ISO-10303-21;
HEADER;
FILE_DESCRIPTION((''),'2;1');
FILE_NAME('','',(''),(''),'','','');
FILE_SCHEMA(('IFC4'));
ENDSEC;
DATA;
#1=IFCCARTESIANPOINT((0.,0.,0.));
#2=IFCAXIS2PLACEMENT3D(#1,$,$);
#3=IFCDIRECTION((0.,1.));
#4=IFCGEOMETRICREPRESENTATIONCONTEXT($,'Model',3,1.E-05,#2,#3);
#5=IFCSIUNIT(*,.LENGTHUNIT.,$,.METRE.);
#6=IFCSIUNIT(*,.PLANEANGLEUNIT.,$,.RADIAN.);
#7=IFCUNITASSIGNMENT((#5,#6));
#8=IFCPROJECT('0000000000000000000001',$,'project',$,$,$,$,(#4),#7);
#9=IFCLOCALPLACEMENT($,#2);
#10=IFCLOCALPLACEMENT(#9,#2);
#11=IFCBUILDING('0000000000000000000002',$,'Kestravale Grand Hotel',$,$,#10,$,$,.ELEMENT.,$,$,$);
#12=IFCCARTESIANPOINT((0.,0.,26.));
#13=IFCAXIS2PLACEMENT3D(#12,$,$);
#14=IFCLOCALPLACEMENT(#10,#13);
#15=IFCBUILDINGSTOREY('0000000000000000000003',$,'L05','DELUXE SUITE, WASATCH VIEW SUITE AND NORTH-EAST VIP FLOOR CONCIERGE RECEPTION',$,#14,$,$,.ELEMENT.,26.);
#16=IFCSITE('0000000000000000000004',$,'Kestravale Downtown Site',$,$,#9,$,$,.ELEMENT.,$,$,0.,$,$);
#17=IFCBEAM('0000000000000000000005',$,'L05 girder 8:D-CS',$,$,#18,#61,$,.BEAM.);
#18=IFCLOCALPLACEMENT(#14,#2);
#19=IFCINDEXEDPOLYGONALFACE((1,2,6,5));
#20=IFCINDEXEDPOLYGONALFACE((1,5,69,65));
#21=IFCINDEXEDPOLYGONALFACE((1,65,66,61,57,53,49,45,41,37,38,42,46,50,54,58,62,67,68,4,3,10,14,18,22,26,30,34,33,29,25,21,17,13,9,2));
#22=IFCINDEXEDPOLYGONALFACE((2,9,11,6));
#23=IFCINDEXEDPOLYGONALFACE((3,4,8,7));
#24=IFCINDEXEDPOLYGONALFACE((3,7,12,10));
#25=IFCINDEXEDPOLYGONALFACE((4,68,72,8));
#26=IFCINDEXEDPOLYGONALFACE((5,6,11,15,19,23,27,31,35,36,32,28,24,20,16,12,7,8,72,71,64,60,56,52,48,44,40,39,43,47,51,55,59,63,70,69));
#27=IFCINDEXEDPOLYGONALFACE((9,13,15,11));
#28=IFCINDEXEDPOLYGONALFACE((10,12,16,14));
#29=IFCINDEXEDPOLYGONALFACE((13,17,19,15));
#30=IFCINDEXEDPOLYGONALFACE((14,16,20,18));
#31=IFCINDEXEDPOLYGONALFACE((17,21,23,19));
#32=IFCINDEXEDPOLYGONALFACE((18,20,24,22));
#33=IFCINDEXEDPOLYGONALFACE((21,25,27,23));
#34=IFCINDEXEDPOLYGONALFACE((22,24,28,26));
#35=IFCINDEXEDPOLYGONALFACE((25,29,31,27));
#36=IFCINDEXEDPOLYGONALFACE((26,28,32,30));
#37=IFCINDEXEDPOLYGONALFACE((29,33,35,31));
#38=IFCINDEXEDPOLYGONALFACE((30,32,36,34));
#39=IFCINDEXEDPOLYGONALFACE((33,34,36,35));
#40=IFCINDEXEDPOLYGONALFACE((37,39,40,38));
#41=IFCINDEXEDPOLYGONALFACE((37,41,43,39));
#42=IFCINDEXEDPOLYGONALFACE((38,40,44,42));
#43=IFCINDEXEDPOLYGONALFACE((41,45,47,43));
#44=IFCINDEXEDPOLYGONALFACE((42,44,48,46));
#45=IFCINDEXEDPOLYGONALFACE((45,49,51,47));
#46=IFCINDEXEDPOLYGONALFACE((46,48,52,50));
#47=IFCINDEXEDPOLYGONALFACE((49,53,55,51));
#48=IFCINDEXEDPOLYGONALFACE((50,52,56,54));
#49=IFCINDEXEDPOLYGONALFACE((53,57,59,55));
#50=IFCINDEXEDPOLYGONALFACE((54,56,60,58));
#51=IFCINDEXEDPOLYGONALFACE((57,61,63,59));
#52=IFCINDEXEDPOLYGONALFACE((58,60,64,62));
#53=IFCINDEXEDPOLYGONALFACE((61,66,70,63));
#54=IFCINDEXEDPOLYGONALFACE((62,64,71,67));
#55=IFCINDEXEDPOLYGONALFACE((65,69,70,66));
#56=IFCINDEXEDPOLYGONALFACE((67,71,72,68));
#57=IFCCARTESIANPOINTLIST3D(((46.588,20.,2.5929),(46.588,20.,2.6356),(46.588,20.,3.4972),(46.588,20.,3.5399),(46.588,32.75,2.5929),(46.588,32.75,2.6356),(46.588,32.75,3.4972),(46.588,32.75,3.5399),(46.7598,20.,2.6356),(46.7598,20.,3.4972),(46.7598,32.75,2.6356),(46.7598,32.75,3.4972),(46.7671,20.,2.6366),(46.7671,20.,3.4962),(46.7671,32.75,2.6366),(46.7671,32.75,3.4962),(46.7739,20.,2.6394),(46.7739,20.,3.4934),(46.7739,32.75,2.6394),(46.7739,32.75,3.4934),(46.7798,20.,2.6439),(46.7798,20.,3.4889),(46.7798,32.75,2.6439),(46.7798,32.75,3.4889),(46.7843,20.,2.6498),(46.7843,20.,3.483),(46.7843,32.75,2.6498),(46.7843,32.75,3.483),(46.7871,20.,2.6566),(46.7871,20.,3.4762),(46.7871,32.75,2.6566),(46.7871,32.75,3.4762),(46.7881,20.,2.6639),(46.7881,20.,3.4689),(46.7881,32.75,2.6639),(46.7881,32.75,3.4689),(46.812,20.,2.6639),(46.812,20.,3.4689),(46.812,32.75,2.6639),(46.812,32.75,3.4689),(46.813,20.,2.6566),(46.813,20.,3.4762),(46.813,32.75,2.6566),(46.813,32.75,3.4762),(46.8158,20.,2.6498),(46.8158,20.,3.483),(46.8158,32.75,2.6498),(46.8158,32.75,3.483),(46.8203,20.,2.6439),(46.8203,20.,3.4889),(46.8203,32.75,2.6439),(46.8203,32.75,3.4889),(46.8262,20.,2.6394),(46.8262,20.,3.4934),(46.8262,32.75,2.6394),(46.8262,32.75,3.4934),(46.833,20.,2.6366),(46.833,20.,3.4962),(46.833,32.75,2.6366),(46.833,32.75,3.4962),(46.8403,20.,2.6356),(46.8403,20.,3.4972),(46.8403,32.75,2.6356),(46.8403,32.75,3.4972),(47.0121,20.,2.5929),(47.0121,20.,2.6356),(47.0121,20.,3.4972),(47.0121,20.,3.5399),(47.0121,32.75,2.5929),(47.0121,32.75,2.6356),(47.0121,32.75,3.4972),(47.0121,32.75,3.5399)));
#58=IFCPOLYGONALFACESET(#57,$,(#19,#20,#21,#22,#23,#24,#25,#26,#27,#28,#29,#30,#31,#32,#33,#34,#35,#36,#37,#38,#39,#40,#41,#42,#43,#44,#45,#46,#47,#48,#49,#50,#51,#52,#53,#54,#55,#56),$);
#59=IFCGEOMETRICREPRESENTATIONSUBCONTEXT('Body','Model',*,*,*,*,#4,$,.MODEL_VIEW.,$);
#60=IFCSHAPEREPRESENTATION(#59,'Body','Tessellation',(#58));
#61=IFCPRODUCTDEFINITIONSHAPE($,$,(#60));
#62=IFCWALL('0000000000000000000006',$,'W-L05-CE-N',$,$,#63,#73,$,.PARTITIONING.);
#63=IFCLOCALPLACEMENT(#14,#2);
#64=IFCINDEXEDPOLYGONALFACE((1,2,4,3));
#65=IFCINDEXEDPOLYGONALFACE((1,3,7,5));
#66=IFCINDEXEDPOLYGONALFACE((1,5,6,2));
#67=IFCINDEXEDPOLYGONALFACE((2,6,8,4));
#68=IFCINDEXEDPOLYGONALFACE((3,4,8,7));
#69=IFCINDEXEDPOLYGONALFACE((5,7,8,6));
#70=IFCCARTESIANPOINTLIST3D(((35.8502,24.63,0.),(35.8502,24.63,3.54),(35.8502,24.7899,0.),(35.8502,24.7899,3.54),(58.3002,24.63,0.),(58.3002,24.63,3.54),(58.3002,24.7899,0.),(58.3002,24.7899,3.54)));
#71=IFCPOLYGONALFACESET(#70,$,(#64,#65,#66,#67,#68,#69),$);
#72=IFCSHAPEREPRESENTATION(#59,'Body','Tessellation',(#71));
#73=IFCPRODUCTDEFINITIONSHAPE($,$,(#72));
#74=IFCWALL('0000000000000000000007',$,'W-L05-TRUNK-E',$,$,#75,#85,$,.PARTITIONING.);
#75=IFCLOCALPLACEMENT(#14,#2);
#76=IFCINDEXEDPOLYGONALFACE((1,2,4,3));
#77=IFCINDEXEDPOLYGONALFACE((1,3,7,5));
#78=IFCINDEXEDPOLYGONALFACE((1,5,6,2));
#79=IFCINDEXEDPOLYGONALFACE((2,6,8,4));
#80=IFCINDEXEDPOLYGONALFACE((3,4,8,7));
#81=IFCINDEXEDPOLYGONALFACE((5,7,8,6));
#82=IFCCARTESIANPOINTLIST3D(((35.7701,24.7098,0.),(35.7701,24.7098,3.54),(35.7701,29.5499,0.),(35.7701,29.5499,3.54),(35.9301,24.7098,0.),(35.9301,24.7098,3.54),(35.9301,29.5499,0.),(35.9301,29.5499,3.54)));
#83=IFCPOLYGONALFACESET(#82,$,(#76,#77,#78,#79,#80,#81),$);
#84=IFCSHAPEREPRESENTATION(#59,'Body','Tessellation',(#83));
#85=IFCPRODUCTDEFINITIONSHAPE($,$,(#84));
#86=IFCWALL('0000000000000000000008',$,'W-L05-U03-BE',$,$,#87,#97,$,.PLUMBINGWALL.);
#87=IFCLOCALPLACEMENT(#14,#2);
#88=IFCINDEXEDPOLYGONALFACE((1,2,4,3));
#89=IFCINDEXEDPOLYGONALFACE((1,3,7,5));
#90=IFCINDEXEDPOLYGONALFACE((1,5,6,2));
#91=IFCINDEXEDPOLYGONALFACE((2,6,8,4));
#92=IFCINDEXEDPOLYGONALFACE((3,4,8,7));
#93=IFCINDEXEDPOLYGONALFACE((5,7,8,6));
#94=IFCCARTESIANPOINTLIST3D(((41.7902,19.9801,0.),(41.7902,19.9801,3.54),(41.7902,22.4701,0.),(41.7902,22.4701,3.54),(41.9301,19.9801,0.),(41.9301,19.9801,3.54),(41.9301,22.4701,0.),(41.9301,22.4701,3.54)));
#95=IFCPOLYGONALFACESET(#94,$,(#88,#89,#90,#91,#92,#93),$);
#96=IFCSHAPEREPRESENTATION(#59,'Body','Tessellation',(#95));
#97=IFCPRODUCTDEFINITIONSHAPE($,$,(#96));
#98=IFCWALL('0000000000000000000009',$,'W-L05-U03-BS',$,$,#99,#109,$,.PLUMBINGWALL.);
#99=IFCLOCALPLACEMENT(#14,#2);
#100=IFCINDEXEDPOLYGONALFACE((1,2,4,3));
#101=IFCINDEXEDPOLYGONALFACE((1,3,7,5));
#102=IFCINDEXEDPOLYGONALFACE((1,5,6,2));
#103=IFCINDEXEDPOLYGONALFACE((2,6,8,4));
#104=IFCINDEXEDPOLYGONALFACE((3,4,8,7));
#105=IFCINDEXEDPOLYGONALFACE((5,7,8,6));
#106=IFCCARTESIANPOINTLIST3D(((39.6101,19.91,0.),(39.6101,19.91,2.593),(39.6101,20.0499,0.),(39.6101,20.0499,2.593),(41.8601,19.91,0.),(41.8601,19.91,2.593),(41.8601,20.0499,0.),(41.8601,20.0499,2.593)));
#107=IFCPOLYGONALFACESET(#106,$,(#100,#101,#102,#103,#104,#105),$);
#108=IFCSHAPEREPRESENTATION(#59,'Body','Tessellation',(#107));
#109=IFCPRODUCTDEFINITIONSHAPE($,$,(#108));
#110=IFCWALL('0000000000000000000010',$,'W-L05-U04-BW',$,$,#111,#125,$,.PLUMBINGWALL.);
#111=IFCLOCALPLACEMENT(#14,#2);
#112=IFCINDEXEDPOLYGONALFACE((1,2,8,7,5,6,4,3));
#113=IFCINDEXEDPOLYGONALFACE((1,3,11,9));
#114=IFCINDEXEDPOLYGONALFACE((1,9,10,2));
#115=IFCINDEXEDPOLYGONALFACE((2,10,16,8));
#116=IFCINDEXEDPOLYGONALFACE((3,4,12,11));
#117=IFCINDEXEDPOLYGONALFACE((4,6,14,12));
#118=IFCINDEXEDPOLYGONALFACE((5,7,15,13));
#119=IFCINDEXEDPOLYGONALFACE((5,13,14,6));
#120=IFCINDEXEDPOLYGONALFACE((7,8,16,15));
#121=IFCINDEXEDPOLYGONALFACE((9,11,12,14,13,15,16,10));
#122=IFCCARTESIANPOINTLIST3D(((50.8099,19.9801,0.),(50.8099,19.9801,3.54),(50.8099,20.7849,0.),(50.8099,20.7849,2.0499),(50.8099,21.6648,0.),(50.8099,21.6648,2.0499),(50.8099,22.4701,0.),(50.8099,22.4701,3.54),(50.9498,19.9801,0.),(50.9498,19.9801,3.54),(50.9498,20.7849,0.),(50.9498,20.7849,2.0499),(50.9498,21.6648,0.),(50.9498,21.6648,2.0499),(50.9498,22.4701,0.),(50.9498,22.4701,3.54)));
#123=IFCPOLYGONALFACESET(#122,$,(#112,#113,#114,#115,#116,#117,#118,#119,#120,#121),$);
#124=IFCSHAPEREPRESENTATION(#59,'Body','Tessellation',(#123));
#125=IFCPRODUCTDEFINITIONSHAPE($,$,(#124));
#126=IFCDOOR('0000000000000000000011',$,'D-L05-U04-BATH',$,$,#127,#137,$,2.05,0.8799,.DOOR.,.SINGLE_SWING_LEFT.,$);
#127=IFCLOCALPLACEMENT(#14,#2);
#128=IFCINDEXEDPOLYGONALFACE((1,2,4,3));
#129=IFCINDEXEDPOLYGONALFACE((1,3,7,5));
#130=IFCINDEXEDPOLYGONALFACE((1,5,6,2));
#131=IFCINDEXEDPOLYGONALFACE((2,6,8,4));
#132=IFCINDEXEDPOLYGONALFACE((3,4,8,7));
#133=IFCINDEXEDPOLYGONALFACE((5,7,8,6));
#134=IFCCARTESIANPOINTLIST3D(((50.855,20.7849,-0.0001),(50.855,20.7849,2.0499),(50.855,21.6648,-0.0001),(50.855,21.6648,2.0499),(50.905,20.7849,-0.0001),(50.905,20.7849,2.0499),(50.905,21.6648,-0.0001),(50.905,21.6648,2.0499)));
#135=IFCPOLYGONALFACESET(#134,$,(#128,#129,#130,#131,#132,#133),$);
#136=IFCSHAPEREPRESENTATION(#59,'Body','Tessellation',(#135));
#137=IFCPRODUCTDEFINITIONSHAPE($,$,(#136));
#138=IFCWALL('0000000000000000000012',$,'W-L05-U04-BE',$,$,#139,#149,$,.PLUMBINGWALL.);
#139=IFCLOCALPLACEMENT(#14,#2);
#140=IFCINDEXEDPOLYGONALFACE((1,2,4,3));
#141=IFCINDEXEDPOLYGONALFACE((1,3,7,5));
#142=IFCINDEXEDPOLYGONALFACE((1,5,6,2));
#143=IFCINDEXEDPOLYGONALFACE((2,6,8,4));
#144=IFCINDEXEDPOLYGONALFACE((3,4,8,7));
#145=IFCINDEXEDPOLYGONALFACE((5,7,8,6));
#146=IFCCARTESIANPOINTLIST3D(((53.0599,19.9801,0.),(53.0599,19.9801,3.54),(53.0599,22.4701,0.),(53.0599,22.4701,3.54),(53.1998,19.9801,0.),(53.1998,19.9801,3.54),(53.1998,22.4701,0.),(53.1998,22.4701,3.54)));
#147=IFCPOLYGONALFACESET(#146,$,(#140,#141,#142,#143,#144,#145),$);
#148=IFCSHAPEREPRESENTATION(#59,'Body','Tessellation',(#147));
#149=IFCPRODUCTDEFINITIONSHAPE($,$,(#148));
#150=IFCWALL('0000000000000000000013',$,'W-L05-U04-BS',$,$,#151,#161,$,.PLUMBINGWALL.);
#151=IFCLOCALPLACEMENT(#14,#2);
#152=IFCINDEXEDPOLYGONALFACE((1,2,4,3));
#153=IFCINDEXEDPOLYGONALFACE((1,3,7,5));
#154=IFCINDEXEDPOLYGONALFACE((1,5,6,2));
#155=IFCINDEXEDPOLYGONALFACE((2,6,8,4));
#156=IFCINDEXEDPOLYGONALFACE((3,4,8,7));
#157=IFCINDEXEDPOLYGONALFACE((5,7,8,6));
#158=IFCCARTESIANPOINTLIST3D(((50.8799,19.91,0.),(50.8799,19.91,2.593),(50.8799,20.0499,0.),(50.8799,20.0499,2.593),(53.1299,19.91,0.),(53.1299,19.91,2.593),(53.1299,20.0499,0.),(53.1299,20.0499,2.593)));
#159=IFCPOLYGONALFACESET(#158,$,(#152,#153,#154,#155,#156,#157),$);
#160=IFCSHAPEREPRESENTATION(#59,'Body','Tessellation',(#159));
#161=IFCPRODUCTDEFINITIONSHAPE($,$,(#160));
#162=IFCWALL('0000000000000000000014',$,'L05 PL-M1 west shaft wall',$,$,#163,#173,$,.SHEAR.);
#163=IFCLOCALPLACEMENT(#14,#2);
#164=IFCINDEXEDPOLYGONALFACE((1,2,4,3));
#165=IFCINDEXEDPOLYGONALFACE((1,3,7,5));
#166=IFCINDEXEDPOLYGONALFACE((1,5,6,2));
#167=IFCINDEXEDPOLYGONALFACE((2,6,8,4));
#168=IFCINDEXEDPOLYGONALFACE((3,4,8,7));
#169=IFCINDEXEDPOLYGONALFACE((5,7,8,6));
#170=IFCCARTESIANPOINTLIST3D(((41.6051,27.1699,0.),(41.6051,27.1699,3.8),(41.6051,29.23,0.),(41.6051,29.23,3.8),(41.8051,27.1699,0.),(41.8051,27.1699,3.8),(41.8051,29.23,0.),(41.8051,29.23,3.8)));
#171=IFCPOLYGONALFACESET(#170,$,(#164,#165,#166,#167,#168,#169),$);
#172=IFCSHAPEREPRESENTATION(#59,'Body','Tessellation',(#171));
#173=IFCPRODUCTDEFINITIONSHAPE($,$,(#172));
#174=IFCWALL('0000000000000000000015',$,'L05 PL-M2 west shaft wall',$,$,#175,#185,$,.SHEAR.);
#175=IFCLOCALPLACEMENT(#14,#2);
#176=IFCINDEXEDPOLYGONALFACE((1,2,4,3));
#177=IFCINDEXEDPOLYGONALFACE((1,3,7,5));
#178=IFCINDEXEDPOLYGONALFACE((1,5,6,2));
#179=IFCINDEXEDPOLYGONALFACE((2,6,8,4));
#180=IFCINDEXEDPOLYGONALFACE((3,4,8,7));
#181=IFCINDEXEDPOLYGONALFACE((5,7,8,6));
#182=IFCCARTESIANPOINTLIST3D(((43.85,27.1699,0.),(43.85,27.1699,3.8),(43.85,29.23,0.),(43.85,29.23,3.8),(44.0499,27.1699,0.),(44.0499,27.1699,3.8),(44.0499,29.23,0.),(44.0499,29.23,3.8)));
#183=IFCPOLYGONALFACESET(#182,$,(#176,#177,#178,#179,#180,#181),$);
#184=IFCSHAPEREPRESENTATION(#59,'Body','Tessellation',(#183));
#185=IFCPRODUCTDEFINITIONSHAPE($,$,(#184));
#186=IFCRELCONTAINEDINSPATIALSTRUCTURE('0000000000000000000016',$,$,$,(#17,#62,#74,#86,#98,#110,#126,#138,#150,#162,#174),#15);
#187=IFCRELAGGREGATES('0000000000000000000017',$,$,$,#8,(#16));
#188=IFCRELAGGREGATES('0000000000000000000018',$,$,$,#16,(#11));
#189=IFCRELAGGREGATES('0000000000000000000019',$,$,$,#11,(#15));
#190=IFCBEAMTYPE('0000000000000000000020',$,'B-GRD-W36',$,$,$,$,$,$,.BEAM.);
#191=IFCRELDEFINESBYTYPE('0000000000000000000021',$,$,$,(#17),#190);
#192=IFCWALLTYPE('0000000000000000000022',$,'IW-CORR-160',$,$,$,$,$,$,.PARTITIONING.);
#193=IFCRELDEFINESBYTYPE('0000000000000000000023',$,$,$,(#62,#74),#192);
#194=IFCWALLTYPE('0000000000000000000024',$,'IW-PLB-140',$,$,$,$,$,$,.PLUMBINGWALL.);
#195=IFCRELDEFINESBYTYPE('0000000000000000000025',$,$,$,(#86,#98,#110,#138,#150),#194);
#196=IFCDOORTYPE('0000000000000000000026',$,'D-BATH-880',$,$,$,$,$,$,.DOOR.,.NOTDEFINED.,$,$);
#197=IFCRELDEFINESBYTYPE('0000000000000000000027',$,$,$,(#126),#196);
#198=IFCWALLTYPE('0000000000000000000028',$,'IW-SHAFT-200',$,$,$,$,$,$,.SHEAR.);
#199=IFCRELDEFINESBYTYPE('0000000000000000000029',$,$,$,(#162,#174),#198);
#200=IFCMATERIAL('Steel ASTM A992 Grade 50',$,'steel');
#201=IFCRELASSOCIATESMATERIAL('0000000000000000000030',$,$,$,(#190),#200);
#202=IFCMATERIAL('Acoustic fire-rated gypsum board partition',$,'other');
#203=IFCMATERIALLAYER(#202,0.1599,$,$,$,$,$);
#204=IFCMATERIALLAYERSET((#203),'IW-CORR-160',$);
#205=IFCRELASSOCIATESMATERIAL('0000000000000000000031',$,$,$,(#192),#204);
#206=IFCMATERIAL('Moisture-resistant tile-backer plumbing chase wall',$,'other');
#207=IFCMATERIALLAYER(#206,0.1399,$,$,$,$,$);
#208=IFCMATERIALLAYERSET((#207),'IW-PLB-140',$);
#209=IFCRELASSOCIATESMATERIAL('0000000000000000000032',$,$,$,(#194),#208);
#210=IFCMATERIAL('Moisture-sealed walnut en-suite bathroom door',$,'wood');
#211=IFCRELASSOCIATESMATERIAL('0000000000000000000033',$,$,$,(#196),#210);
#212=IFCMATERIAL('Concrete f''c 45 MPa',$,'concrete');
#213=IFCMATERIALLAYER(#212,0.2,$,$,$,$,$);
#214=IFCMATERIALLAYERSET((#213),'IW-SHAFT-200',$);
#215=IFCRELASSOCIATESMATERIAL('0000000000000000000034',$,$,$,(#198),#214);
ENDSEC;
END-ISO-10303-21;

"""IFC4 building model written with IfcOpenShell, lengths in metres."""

from ifc_helpers import new_model, si_unit, direction, frame, frame_2d, origin, origin_2d, place, context, subcontext, project, spatial, rectangle, i_section, extrude, material, layer, layer_set, material_profile, profile_set, type_object, element, fill, save


model = new_model("IFC4")

# Units and contexts
model_context = context("Model", 3, precision=1e-05, world=origin(), true_north=direction((0.0, 1.0)))
body_context = subcontext(model_context, "Body", "Model", "MODEL_VIEW")
ifc_project = project(units=[si_unit("LENGTHUNIT", "METRE"), si_unit("PLANEANGLEUNIT", "RADIAN")], contexts=[model_context])

# Site, building, storey
site_placement = place(None, origin())
site = spatial("IfcSite", under=ifc_project, at=site_placement, Name="Kestravale Downtown Site", CompositionType="ELEMENT", RefElevation=0.0)
building_placement = place(site_placement, origin())
building = spatial("IfcBuilding", under=site, at=building_placement, Name="Kestravale Grand Hotel", CompositionType="ELEMENT")
storey_placement = place(building_placement, frame((0.0, 0.0, 26.0)))
storey = spatial("IfcBuildingStorey", under=building, at=storey_placement, Name="L05", Description="DELUXE SUITE, WASATCH VIEW SUITE AND NORTH-EAST VIP FLOOR CONCIERGE RECEPTION", CompositionType="ELEMENT", Elevation=26.0)

# Beam
ifc_material_1 = material(Name="Steel ASTM A992 Grade 50", Category="steel")
ifc_material_profile_1 = material_profile(ifc_material_1, i_section(OverallWidth=0.4241, OverallDepth=0.947, WebThickness=0.0239, FlangeThickness=0.0427, FilletRadius=0.0283, at=origin_2d()))
ifc_profile_set_1 = profile_set([ifc_material_profile_1], Name="Steel ASTM A992 Grade 50")
beam_type = type_object("IfcBeamType", Name="B-GRD-W36", PredefinedType="BEAM", material=ifc_profile_set_1)
beam_1_placement = place(storey_placement, frame((46.8, 20.0, 3.0664), z_axis=(0.0, 1.0, 0.0), x_axis=(-1.0, 0.0, 0.0)))
element("IfcBeam", 1, at=beam_1_placement, inside=storey, type_object=beam_type, Name="L05 girder 8:D-CS", PredefinedType="BEAM", context=body_context, shape_type="SweptSolid", body=[
    extrude(i_section(OverallWidth=0.4241, OverallDepth=0.947, WebThickness=0.0239, FlangeThickness=0.0427, FilletRadius=0.0283, at=origin_2d()), origin(), (0.0, 0.0, 1.0), 12.75),
])

# Walls
ifc_material_2 = material(Name="Acoustic fire-rated gypsum board partition", Category="other")
ifc_layer_1 = layer(ifc_material_2, 0.1599)
ifc_layer_set_1 = layer_set([ifc_layer_1], Name="IW-CORR-160")
wall_type_1 = type_object("IfcWallType", Name="IW-CORR-160", PredefinedType="PARTITIONING", material=ifc_layer_set_1)
wall_1_placement = place(storey_placement, frame((35.8501, 24.71, 0.0), z_axis=(0.0, 0.0, 1.0), x_axis=(1.0, 0.0, 0.0)))
element("IfcWall", 2, at=wall_1_placement, inside=storey, type_object=wall_type_1, Name="W-L05-CE-N", PredefinedType="PARTITIONING", context=body_context, shape_type="SweptSolid", body=[
    extrude(rectangle(XDim=22.45, YDim=0.1599, at=frame_2d((11.2251, 0.0))), origin(), (0.0, 0.0, 1.0), 3.54),
])
wall_2_placement = place(storey_placement, frame((35.8501, 24.71, 0.0), z_axis=(0.0, 0.0, 1.0), x_axis=(0.0, 1.0, 0.0)))
element("IfcWall", 3, at=wall_2_placement, inside=storey, type_object=wall_type_1, Name="W-L05-TRUNK-E", PredefinedType="PARTITIONING", context=body_context, shape_type="SweptSolid", body=[
    extrude(rectangle(XDim=4.8401, YDim=0.1599, at=frame_2d((2.4199, 0.0))), origin(), (0.0, 0.0, 1.0), 3.54),
])
ifc_material_3 = material(Name="Moisture-resistant tile-backer plumbing chase wall", Category="other")
ifc_layer_2 = layer(ifc_material_3, 0.1399)
ifc_layer_set_2 = layer_set([ifc_layer_2], Name="IW-PLB-140")
wall_type_2 = type_object("IfcWallType", Name="IW-PLB-140", PredefinedType="PLUMBINGWALL", material=ifc_layer_set_2)
wall_3_placement = place(storey_placement, frame((41.8601, 19.98, 0.0), z_axis=(0.0, 0.0, 1.0), x_axis=(0.0, 1.0, 0.0)))
element("IfcWall", 4, at=wall_3_placement, inside=storey, type_object=wall_type_2, Name="W-L05-U03-BE", PredefinedType="PLUMBINGWALL", context=body_context, shape_type="SweptSolid", body=[
    extrude(rectangle(XDim=2.49, YDim=0.1399, at=frame_2d((1.2451, 0.0))), origin(), (0.0, 0.0, 1.0), 3.54),
])
wall_4_placement = place(storey_placement, frame((39.6101, 19.98, 0.0), z_axis=(0.0, 0.0, 1.0), x_axis=(1.0, 0.0, 0.0)))
element("IfcWall", 5, at=wall_4_placement, inside=storey, type_object=wall_type_2, Name="W-L05-U03-BS", PredefinedType="PLUMBINGWALL", context=body_context, shape_type="SweptSolid", body=[
    extrude(rectangle(XDim=2.25, YDim=0.1399, at=frame_2d((1.125, 0.0))), origin(), (0.0, 0.0, 1.0), 2.593),
])

# Wall, opening, door
wall_5_placement = place(storey_placement, frame((50.8799, 19.98, 0.0), z_axis=(0.0, 0.0, 1.0), x_axis=(0.0, 1.0, 0.0)))
wall_5 = element("IfcWall", 6, at=wall_5_placement, inside=storey, type_object=wall_type_2, Name="W-L05-U04-BW", PredefinedType="PLUMBINGWALL", context=body_context, shape_type="SweptSolid", body=[
    extrude(rectangle(XDim=2.49, YDim=0.1399, at=frame_2d((1.2451, 0.0))), origin(), (0.0, 0.0, 1.0), 3.54),
])
opening_placement = place(wall_5_placement, frame((0.8049, 0.0, 0.0)))
opening = element("IfcOpeningElement", 7, at=opening_placement, cuts=wall_5, PredefinedType="OPENING", context=body_context, shape_type="SweptSolid", body=[
    extrude(rectangle(XDim=0.8799, YDim=2.05, at=frame_2d((0.4399, 1.0249))), frame((0.0, 0.0798, 0.0), z_axis=(0.0, -1.0, 0.0), x_axis=(1.0, 0.0, 0.0)), (0.0, 0.0, 1.0), 0.1599),
])
ifc_material_4 = material(Name="Moisture-sealed walnut en-suite bathroom door", Category="wood")
door_type = type_object("IfcDoorType", Name="D-BATH-880", OperationType="NOTDEFINED", PredefinedType="DOOR", material=ifc_material_4)
door_placement = place(opening_placement, origin())
door = element("IfcDoor", 8, at=door_placement, inside=storey, type_object=door_type, Name="D-L05-U04-BATH", OperationType="SINGLE_SWING_LEFT", OverallHeight=2.05, OverallWidth=0.8799, PredefinedType="DOOR", context=body_context, shape_type="SweptSolid", body=[
    extrude(rectangle(XDim=0.8799, YDim=2.05, at=frame_2d((0.4399, 1.0249))), frame((0.0, 0.0249, 0.0), z_axis=(0.0, -1.0, 0.0), x_axis=(1.0, 0.0, 0.0)), (0.0, 0.0, 1.0), 0.05),
])
fill(opening, door)

# Walls
wall_6_placement = place(storey_placement, frame((53.1299, 19.98, 0.0), z_axis=(0.0, 0.0, 1.0), x_axis=(0.0, 1.0, 0.0)))
element("IfcWall", 9, at=wall_6_placement, inside=storey, type_object=wall_type_2, Name="W-L05-U04-BE", PredefinedType="PLUMBINGWALL", context=body_context, shape_type="SweptSolid", body=[
    extrude(rectangle(XDim=2.49, YDim=0.1399, at=frame_2d((1.2451, 0.0))), origin(), (0.0, 0.0, 1.0), 3.54),
])
wall_7_placement = place(storey_placement, frame((50.8799, 19.98, 0.0), z_axis=(0.0, 0.0, 1.0), x_axis=(1.0, 0.0, 0.0)))
element("IfcWall", 10, at=wall_7_placement, inside=storey, type_object=wall_type_2, Name="W-L05-U04-BS", PredefinedType="PLUMBINGWALL", context=body_context, shape_type="SweptSolid", body=[
    extrude(rectangle(XDim=2.25, YDim=0.1399, at=frame_2d((1.125, 0.0))), origin(), (0.0, 0.0, 1.0), 2.593),
])
ifc_material_5 = material(Name="Concrete f'c 45 MPa", Category="concrete")
ifc_layer_3 = layer(ifc_material_5, 0.2)
ifc_layer_set_3 = layer_set([ifc_layer_3], Name="IW-SHAFT-200")
wall_type_3 = type_object("IfcWallType", Name="IW-SHAFT-200", PredefinedType="SHEAR", material=ifc_layer_set_3)
for number, where, z_axis, x_axis, name in (
    (11, (41.7051, 27.1699, 0.0), (0.0, 0.0, 1.0), (0.0, 1.0, 0.0), "L05 PL-M1 west shaft wall"),
    (12, (43.95, 27.1699, 0.0), (0.0, 0.0, 1.0), (0.0, 1.0, 0.0), "L05 PL-M2 west shaft wall"),
):
    element("IfcWall", number, at=place(storey_placement, frame(where, z_axis=z_axis, x_axis=x_axis)), inside=storey, type_object=wall_type_3, Name=name, PredefinedType="SHEAR", context=body_context, shape_type="SweptSolid", body=[
        extrude(rectangle(XDim=2.0601, YDim=0.2, at=frame_2d((1.03, 0.0))), origin(), (0.0, 0.0, 1.0), 3.8),
    ])

save(model, "model.ifc")
